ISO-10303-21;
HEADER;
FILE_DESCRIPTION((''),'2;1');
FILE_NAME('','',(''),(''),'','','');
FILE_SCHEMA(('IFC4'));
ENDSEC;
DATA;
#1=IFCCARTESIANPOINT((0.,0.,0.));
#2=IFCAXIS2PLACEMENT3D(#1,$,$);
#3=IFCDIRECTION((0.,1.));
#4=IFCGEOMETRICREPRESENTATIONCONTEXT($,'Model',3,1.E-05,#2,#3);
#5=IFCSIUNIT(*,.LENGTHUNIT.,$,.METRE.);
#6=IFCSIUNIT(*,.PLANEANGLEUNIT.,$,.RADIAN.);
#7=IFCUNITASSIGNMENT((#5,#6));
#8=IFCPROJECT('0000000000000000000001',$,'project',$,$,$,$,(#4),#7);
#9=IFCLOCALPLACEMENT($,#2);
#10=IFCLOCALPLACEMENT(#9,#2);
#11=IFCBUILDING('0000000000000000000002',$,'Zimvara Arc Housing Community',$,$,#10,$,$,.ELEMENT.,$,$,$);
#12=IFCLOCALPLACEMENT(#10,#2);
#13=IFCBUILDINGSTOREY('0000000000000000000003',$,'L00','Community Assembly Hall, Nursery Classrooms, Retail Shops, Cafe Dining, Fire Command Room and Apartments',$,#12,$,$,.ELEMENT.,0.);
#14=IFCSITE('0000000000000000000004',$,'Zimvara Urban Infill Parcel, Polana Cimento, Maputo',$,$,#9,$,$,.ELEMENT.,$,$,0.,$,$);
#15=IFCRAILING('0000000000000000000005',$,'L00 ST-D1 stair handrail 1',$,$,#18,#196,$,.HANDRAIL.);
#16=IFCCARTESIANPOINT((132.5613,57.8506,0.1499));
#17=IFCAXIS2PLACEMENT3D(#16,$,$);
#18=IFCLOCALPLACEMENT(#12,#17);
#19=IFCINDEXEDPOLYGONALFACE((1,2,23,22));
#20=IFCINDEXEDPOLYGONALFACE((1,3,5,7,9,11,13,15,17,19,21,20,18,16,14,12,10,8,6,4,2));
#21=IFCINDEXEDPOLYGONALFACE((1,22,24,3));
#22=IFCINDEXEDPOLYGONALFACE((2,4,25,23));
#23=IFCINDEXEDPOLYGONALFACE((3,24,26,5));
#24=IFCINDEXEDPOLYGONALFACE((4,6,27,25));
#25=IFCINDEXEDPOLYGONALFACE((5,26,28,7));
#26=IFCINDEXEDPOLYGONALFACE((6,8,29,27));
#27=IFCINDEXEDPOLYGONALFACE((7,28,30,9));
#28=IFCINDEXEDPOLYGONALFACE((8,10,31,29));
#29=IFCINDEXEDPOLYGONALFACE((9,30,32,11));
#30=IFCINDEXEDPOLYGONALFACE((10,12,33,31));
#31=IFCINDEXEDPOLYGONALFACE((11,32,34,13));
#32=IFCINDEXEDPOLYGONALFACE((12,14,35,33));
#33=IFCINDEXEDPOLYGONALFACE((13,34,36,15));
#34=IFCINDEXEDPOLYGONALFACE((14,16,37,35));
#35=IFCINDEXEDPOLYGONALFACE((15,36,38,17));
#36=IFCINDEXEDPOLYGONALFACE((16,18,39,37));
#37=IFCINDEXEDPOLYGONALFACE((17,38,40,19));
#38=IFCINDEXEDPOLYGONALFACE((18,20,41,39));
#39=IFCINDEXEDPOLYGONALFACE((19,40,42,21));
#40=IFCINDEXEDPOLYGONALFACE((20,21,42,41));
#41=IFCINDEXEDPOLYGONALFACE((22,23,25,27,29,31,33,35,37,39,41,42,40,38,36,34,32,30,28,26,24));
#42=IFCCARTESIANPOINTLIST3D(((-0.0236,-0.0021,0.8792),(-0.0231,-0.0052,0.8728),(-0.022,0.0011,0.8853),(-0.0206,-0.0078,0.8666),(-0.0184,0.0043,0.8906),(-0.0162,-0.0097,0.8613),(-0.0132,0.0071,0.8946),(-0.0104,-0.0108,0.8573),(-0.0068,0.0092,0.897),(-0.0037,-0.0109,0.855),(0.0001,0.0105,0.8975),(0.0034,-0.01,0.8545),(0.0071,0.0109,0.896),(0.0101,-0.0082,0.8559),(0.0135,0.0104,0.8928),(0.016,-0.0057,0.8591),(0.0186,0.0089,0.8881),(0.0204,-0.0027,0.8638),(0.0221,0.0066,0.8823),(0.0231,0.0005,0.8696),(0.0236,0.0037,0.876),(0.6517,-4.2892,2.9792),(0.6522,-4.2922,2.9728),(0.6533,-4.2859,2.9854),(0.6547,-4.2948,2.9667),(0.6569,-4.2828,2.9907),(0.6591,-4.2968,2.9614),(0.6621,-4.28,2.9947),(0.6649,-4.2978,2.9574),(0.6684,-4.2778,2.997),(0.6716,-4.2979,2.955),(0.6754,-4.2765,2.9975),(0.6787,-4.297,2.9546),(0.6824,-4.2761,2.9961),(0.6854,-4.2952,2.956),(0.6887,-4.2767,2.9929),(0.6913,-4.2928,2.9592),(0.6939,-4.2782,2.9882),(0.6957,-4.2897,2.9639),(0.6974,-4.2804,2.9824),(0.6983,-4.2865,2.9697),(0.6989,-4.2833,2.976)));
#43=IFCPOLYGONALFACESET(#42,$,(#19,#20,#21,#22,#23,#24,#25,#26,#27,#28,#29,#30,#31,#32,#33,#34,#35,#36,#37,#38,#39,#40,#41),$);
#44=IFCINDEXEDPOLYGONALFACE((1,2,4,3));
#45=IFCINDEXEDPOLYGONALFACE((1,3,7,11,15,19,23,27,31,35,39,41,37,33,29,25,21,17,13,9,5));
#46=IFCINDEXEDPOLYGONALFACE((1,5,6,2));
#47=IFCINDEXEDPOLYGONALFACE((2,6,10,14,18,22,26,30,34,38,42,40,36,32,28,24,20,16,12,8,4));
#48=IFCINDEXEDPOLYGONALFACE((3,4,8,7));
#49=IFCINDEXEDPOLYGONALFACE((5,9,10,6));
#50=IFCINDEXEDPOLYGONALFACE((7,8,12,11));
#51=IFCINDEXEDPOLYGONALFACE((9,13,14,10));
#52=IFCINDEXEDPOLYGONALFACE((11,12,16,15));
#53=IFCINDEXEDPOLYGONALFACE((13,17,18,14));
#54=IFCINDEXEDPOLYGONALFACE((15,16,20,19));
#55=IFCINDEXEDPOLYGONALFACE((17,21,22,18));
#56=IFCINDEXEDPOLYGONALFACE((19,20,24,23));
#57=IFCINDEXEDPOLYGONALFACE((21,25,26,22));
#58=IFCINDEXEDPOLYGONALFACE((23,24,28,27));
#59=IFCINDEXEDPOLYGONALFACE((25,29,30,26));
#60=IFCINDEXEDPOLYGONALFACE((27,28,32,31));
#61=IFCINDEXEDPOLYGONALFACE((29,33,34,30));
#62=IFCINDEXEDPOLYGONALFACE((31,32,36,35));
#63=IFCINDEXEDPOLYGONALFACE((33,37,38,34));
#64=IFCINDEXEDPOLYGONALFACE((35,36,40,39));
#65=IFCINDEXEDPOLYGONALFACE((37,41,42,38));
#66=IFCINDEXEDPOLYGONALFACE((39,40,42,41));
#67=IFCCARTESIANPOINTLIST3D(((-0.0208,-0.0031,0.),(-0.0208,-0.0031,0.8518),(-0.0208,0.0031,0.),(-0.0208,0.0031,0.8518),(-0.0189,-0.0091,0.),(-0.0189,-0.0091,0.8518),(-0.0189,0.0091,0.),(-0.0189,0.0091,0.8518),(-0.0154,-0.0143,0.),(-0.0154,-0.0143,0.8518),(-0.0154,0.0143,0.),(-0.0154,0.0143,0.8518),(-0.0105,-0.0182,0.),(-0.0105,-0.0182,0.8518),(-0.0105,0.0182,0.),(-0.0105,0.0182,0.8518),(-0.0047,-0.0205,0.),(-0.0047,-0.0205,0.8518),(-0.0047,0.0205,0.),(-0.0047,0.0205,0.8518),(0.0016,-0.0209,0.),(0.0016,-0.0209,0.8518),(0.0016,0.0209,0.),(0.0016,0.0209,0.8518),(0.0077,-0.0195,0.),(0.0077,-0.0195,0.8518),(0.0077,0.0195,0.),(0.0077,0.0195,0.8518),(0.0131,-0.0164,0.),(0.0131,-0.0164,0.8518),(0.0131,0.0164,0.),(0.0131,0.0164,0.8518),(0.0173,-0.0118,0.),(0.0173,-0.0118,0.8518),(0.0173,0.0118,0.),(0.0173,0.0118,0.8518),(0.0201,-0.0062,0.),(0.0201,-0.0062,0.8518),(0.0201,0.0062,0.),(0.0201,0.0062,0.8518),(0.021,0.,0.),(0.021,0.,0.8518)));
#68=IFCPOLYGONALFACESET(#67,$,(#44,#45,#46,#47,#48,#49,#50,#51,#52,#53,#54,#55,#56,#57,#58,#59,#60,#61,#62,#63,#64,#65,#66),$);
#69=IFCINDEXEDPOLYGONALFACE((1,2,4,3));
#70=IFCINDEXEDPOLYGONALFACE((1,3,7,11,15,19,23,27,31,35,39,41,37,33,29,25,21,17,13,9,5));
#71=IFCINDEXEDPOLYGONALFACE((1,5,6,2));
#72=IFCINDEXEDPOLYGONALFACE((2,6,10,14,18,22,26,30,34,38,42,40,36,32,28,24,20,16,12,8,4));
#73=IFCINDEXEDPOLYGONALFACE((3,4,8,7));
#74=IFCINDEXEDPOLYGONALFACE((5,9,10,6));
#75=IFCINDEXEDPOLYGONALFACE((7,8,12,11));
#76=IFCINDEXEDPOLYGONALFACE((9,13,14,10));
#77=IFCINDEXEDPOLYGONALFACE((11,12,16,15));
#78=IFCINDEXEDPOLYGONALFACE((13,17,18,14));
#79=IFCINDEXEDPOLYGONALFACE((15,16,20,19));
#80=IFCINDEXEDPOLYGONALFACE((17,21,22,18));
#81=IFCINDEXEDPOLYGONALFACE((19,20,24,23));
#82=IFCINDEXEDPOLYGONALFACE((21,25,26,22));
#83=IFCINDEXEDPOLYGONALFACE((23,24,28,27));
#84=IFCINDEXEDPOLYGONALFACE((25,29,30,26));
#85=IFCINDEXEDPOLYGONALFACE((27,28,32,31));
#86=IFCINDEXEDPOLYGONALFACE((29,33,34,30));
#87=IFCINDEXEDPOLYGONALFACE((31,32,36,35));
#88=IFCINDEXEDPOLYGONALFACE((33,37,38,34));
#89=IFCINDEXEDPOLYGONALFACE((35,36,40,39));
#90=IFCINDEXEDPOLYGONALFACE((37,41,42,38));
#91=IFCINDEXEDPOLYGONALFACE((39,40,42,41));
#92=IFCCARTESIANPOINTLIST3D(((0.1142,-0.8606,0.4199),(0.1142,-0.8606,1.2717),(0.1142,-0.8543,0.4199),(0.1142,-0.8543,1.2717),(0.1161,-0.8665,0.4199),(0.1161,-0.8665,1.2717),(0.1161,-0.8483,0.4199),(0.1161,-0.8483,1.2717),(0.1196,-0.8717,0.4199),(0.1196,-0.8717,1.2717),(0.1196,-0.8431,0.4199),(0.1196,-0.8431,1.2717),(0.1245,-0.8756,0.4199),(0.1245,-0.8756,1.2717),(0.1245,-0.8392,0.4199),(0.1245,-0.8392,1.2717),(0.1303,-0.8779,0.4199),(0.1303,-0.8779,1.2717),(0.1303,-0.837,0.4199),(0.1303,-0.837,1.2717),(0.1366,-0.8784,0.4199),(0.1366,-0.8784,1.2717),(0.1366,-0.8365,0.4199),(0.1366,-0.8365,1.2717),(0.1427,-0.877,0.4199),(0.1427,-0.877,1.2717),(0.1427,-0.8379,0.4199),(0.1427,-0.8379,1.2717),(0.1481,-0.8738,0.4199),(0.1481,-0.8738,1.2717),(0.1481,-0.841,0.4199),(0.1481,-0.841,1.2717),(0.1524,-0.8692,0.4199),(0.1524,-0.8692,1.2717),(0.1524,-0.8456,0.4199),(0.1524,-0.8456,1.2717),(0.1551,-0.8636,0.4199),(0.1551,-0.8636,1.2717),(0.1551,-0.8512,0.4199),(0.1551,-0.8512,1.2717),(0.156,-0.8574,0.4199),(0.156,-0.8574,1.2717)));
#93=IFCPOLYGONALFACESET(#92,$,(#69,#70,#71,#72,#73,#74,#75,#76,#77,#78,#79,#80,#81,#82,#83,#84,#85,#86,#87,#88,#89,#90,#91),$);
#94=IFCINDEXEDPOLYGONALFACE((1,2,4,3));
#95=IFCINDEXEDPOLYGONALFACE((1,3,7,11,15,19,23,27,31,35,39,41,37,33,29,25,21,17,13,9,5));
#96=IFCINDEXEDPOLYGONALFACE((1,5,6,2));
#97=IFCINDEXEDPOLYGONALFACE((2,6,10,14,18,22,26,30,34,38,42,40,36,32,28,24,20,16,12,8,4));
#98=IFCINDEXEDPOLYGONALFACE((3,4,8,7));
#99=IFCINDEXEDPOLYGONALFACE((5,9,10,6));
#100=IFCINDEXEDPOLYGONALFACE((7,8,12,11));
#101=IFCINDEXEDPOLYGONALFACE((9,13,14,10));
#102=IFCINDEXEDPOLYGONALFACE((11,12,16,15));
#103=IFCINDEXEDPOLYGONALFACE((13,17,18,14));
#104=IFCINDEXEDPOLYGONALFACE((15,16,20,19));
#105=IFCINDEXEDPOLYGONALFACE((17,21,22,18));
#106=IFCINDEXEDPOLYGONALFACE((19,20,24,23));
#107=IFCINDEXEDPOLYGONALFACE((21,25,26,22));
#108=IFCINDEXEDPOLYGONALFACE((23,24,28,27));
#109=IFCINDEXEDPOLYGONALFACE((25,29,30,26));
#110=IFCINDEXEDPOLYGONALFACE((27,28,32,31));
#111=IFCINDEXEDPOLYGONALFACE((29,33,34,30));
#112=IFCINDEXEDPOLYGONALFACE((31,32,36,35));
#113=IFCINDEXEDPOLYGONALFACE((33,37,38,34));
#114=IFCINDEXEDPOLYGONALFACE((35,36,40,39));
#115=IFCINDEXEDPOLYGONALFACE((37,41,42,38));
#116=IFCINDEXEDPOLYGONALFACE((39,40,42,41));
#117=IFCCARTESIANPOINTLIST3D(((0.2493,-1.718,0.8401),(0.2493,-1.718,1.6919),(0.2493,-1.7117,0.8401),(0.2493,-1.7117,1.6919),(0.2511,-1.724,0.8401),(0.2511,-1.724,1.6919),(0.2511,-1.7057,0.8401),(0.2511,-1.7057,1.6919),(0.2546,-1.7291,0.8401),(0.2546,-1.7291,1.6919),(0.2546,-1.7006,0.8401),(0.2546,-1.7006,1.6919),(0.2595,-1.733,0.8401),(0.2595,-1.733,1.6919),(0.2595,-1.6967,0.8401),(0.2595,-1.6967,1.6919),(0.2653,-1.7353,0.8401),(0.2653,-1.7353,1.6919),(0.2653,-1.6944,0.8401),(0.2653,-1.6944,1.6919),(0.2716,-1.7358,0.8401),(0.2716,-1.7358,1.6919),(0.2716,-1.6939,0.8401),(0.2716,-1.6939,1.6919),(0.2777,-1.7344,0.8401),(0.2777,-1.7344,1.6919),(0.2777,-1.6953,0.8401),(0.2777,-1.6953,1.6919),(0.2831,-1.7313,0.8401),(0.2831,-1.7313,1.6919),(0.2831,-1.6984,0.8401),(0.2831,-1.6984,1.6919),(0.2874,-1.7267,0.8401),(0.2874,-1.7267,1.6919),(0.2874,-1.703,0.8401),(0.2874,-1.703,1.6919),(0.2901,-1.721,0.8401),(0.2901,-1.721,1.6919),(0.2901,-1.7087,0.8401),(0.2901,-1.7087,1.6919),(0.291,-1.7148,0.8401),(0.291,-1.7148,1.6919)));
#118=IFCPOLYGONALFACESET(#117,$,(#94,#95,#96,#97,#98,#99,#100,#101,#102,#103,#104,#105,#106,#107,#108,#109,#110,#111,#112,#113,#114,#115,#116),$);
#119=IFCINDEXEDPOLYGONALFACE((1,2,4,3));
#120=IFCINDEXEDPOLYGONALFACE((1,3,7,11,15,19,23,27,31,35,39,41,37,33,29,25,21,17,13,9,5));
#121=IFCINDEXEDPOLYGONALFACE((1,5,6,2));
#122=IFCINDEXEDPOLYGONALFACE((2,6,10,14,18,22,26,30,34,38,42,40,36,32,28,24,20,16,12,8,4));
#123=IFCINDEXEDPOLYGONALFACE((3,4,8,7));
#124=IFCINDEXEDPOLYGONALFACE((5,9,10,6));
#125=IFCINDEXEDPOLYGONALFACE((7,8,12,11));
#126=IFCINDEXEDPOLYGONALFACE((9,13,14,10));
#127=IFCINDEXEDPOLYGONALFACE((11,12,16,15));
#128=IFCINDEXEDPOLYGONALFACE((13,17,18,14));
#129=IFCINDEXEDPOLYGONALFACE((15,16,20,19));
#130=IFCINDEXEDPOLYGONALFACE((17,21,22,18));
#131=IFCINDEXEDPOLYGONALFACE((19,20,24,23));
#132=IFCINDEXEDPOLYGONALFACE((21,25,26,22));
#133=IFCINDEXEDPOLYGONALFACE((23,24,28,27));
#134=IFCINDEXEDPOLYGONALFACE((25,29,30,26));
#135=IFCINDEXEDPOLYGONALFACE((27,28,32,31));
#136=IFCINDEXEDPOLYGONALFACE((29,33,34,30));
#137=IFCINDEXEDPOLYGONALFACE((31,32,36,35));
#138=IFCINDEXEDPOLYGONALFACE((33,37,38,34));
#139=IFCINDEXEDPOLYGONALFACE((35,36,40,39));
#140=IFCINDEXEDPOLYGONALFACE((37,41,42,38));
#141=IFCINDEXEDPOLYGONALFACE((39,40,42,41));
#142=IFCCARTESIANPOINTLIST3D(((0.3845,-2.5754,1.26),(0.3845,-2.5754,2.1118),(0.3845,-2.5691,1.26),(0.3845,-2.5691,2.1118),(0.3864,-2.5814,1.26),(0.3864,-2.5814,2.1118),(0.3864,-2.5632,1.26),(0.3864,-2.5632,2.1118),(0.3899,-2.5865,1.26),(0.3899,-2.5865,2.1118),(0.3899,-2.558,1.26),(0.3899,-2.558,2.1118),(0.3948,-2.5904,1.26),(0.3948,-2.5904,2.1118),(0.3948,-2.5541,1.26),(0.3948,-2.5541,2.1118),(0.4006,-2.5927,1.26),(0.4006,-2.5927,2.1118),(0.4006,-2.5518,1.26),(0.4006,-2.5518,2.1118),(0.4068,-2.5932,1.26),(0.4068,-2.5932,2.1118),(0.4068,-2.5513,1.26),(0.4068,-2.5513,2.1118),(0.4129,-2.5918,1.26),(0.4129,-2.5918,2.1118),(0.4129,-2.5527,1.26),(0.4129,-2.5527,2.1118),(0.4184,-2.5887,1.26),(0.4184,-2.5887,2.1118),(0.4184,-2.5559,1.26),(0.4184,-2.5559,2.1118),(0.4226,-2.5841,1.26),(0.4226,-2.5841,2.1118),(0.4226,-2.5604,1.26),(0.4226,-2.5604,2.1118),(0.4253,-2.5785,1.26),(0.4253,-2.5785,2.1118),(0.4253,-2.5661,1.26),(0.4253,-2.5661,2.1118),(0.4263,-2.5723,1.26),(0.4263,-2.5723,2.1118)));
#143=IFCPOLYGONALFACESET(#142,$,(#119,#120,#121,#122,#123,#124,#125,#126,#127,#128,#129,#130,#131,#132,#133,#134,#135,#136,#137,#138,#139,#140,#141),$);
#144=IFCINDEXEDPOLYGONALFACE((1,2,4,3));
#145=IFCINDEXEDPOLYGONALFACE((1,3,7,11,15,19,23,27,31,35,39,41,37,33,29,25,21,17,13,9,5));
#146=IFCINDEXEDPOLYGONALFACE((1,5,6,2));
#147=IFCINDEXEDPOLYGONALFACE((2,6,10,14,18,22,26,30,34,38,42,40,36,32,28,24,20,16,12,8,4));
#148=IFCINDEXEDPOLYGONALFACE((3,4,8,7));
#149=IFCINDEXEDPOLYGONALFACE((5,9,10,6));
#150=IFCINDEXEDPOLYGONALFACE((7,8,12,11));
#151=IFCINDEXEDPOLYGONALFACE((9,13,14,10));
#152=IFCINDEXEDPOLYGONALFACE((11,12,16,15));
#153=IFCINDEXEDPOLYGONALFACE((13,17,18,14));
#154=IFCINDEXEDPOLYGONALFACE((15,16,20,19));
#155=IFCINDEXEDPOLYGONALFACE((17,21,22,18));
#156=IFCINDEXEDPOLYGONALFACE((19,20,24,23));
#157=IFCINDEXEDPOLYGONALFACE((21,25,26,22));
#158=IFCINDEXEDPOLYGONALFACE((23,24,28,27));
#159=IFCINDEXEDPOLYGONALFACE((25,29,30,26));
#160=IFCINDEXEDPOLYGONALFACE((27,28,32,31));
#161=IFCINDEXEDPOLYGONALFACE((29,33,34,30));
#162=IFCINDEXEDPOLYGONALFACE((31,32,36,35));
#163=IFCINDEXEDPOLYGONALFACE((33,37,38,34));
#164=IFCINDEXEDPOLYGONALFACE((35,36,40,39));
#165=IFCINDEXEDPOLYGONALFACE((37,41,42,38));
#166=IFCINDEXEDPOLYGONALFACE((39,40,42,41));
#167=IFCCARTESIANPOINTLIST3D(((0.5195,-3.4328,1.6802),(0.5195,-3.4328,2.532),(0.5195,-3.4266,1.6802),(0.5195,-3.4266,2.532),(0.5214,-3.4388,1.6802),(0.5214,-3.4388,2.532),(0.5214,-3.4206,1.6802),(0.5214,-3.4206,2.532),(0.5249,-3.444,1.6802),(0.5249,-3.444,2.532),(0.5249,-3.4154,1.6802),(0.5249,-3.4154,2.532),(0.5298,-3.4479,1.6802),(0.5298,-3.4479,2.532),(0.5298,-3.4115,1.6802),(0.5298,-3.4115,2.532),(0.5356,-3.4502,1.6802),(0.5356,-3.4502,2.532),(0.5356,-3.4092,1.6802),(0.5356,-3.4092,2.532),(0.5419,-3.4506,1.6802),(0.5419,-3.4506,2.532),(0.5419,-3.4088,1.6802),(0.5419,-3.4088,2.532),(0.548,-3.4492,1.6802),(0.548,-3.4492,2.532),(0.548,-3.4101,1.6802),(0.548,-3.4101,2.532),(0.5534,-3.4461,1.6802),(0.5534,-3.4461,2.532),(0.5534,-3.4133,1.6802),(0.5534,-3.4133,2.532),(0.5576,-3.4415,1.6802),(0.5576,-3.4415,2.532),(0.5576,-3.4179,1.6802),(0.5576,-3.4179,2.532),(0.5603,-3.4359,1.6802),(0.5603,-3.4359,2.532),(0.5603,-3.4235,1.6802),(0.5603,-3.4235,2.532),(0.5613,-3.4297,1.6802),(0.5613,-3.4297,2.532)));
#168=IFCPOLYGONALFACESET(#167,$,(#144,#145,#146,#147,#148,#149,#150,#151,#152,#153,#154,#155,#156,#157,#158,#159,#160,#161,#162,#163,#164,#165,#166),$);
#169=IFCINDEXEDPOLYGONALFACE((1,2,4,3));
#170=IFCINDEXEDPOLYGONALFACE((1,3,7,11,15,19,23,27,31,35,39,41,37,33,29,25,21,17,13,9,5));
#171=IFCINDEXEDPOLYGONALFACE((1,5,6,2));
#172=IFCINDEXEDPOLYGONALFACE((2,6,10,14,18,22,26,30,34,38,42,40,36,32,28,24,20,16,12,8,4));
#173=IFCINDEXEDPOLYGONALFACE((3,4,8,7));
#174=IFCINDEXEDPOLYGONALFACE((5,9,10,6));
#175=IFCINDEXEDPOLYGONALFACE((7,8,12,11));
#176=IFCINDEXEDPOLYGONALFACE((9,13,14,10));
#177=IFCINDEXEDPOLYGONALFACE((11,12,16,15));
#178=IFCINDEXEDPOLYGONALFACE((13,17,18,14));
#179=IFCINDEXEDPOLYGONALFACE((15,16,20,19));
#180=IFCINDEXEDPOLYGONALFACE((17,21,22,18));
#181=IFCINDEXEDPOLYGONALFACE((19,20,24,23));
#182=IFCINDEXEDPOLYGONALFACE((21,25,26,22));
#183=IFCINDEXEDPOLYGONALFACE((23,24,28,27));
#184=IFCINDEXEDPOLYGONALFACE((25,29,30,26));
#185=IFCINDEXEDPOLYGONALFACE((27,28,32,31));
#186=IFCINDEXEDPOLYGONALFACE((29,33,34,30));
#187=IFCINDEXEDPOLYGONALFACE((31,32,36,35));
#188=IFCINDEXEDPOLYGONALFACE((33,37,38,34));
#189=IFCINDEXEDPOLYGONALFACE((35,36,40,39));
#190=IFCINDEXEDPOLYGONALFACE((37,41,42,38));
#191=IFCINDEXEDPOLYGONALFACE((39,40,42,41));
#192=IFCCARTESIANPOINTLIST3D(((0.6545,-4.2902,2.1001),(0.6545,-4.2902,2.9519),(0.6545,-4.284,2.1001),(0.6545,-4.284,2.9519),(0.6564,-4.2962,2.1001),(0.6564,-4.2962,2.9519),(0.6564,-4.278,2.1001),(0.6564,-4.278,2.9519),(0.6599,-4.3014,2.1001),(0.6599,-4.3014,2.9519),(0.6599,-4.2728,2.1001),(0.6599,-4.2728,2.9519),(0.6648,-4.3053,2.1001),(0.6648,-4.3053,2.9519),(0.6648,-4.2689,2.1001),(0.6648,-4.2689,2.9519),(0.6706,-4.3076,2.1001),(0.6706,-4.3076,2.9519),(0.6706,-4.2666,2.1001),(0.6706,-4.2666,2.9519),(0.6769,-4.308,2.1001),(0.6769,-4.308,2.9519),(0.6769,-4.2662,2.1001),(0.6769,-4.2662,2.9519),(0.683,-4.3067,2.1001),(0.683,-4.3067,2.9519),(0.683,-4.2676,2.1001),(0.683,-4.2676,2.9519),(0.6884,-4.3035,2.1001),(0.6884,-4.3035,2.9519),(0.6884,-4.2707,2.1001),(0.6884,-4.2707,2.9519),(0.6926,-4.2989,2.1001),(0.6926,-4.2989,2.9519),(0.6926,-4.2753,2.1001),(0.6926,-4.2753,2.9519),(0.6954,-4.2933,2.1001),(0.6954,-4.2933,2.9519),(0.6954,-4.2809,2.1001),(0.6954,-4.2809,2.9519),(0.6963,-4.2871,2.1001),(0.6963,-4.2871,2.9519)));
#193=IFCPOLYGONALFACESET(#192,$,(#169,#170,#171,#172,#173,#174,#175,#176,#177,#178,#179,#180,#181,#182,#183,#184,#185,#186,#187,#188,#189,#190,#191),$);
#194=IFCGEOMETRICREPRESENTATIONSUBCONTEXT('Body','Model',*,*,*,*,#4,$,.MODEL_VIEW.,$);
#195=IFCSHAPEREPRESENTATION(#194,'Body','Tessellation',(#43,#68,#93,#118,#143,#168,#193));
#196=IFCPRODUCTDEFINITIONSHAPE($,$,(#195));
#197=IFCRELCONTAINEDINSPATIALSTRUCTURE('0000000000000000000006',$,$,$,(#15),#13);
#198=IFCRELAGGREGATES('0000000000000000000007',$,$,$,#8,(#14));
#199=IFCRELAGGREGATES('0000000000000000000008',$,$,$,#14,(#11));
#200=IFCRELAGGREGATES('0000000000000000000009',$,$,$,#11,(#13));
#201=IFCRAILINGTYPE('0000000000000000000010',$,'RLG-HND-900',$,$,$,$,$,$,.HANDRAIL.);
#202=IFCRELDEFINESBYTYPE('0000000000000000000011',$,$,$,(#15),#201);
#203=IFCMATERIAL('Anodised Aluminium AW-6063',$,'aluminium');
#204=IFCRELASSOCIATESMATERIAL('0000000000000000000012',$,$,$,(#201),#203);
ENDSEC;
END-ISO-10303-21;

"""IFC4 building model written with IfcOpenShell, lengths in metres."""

from ifc_helpers import new_model, si_unit, direction, frame, origin, origin_2d, place, context, subcontext, project, spatial, circle, extrude, material, type_object, element, save


model = new_model("IFC4")

# Units and contexts
model_context = context("Model", 3, precision=1e-05, world=origin(), true_north=direction((0.0, 1.0)))
body_context = subcontext(model_context, "Body", "Model", "MODEL_VIEW")
ifc_project = project(units=[si_unit("LENGTHUNIT", "METRE"), si_unit("PLANEANGLEUNIT", "RADIAN")], contexts=[model_context])

# Site, building, storey
site_placement = place(None, origin())
site = spatial("IfcSite", under=ifc_project, at=site_placement, Name="Zimvara Urban Infill Parcel, Polana Cimento, Maputo", CompositionType="ELEMENT", RefElevation=0.0)
building_placement = place(site_placement, origin())
building = spatial("IfcBuilding", under=site, at=building_placement, Name="Zimvara Arc Housing Community", CompositionType="ELEMENT")
storey_placement = place(building_placement, origin())
storey = spatial("IfcBuildingStorey", under=building, at=storey_placement, Name="L00", Description="Community Assembly Hall, Nursery Classrooms, Retail Shops, Cafe Dining, Fire Command Room and Apartments", CompositionType="ELEMENT", Elevation=0.0)

# Railing
ifc_material_1 = material(Name="Anodised Aluminium AW-6063", Category="aluminium")
railing_type_1 = type_object("IfcRailingType", Name="RLG-HND-900", PredefinedType="HANDRAIL", material=ifc_material_1)
railing_1_placement = place(storey_placement, frame((132.5613, 57.8506, 0.1499)))
element("IfcRailing", 1, at=railing_1_placement, inside=storey, type_object=railing_type_1, Name="L00 ST-D1 stair handrail 1", PredefinedType="HANDRAIL", context=body_context, shape_type="SweptSolid", body=[
    extrude(circle(Radius=0.0239, at=origin_2d()), frame((0.0, 0.0, 0.876), z_axis=(0.140062, -0.889187, 0.43558), x_axis=(0.98782, 0.155599, 0.0)), (0.0, 0.0, 1.0), 4.8213),
    extrude(circle(Radius=0.021, at=origin_2d()), origin(), (0.0, 0.0, 1.0), 0.8518),
    extrude(circle(Radius=0.021, at=origin_2d()), frame((0.135, -0.8574, 0.4199)), (0.0, 0.0, 1.0), 0.8518),
    extrude(circle(Radius=0.021, at=origin_2d()), frame((0.27, -1.7148, 0.8401)), (0.0, 0.0, 1.0), 0.8518),
    extrude(circle(Radius=0.021, at=origin_2d()), frame((0.4053, -2.5723, 1.26)), (0.0, 0.0, 1.0), 0.8518),
    extrude(circle(Radius=0.021, at=origin_2d()), frame((0.5403, -3.4297, 1.6802)), (0.0, 0.0, 1.0), 0.8518),
    extrude(circle(Radius=0.021, at=origin_2d()), frame((0.6753, -4.2871, 2.1001)), (0.0, 0.0, 1.0), 0.8518),
])

save(model, "model.ifc")
